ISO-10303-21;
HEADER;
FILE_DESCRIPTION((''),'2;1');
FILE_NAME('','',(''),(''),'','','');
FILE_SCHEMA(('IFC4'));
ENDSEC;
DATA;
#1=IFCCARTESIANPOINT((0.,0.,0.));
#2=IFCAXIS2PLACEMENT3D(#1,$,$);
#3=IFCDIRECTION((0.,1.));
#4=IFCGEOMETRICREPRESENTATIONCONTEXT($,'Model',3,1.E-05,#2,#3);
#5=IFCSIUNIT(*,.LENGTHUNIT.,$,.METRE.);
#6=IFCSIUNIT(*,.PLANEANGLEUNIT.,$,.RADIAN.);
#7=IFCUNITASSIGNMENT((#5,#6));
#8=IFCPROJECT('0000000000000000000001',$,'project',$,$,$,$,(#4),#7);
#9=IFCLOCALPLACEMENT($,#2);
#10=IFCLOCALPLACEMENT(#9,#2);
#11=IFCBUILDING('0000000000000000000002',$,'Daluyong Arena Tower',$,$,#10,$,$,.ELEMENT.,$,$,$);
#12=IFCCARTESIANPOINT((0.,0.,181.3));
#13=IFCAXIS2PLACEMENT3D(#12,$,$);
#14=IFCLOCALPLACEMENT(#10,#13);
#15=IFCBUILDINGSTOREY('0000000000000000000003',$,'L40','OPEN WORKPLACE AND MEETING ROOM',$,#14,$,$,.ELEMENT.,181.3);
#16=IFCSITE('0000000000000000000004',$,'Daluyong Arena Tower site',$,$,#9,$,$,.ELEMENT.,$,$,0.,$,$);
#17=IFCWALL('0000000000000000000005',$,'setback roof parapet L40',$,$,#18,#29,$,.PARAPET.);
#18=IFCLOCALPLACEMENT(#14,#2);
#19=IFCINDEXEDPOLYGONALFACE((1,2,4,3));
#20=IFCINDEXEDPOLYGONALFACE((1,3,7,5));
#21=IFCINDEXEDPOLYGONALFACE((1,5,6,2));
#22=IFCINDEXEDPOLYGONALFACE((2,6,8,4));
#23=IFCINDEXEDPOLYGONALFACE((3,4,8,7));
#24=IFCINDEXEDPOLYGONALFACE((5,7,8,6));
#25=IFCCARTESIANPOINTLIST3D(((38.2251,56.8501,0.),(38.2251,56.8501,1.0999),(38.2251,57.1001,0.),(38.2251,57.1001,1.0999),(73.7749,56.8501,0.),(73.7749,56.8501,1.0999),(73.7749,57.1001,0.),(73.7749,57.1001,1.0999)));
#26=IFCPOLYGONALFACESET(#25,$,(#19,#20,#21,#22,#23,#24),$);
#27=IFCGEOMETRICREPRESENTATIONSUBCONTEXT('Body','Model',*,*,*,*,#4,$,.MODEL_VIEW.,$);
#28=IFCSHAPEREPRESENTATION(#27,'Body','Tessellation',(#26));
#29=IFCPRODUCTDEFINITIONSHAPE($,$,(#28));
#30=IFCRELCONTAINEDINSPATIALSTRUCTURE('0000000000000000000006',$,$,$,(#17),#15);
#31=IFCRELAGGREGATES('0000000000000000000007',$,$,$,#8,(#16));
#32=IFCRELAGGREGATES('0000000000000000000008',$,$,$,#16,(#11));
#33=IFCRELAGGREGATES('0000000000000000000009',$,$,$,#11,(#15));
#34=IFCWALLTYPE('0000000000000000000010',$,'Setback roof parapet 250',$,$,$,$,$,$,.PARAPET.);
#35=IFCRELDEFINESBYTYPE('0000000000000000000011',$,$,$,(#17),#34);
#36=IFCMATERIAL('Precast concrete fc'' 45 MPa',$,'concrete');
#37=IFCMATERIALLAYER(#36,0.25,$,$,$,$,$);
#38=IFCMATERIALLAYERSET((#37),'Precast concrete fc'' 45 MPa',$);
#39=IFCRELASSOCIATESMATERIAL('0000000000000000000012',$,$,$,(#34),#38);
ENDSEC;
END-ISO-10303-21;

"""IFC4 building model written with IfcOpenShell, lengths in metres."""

from ifc_helpers import new_model, si_unit, direction, frame, frame_2d, origin, place, context, subcontext, project, spatial, rectangle, extrude, material, layer, layer_set, type_object, element, save


model = new_model("IFC4")

# Units and contexts
model_context = context("Model", 3, precision=1e-05, world=origin(), true_north=direction((0.0, 1.0)))
body_context = subcontext(model_context, "Body", "Model", "MODEL_VIEW")
ifc_project = project(units=[si_unit("LENGTHUNIT", "METRE"), si_unit("PLANEANGLEUNIT", "RADIAN")], contexts=[model_context])

# Site, building, storey
site_placement = place(None, origin())
site = spatial("IfcSite", under=ifc_project, at=site_placement, Name="Daluyong Arena Tower site", CompositionType="ELEMENT", RefElevation=0.0)
building_placement = place(site_placement, origin())
building = spatial("IfcBuilding", under=site, at=building_placement, Name="Daluyong Arena Tower", CompositionType="ELEMENT")
storey_placement = place(building_placement, frame((0.0, 0.0, 181.3)))
storey = spatial("IfcBuildingStorey", under=building, at=storey_placement, Name="L40", Description="OPEN WORKPLACE AND MEETING ROOM", CompositionType="ELEMENT", Elevation=181.3)

# Wall
ifc_material_1 = material(Name="Precast concrete fc' 45 MPa", Category="concrete")
ifc_layer_1 = layer(ifc_material_1, 0.25)
ifc_layer_set_1 = layer_set([ifc_layer_1], Name="Precast concrete fc' 45 MPa")
wall_type_1 = type_object("IfcWallType", Name="Setback roof parapet 250", PredefinedType="PARAPET", material=ifc_layer_set_1)
wall_1_placement = place(storey_placement, frame((73.7749, 56.9751, 0.0), z_axis=(0.0, 0.0, 1.0), x_axis=(-1.0, 0.0, 0.0)))
element("IfcWall", 1, at=wall_1_placement, inside=storey, type_object=wall_type_1, Name="setback roof parapet L40", PredefinedType="PARAPET", context=body_context, shape_type="SweptSolid", body=[
    extrude(rectangle(XDim=35.5498, YDim=0.25, at=frame_2d((17.7749, 0.0))), origin(), (0.0, 0.0, 1.0), 1.0999),
])

save(model, "model.ifc")
